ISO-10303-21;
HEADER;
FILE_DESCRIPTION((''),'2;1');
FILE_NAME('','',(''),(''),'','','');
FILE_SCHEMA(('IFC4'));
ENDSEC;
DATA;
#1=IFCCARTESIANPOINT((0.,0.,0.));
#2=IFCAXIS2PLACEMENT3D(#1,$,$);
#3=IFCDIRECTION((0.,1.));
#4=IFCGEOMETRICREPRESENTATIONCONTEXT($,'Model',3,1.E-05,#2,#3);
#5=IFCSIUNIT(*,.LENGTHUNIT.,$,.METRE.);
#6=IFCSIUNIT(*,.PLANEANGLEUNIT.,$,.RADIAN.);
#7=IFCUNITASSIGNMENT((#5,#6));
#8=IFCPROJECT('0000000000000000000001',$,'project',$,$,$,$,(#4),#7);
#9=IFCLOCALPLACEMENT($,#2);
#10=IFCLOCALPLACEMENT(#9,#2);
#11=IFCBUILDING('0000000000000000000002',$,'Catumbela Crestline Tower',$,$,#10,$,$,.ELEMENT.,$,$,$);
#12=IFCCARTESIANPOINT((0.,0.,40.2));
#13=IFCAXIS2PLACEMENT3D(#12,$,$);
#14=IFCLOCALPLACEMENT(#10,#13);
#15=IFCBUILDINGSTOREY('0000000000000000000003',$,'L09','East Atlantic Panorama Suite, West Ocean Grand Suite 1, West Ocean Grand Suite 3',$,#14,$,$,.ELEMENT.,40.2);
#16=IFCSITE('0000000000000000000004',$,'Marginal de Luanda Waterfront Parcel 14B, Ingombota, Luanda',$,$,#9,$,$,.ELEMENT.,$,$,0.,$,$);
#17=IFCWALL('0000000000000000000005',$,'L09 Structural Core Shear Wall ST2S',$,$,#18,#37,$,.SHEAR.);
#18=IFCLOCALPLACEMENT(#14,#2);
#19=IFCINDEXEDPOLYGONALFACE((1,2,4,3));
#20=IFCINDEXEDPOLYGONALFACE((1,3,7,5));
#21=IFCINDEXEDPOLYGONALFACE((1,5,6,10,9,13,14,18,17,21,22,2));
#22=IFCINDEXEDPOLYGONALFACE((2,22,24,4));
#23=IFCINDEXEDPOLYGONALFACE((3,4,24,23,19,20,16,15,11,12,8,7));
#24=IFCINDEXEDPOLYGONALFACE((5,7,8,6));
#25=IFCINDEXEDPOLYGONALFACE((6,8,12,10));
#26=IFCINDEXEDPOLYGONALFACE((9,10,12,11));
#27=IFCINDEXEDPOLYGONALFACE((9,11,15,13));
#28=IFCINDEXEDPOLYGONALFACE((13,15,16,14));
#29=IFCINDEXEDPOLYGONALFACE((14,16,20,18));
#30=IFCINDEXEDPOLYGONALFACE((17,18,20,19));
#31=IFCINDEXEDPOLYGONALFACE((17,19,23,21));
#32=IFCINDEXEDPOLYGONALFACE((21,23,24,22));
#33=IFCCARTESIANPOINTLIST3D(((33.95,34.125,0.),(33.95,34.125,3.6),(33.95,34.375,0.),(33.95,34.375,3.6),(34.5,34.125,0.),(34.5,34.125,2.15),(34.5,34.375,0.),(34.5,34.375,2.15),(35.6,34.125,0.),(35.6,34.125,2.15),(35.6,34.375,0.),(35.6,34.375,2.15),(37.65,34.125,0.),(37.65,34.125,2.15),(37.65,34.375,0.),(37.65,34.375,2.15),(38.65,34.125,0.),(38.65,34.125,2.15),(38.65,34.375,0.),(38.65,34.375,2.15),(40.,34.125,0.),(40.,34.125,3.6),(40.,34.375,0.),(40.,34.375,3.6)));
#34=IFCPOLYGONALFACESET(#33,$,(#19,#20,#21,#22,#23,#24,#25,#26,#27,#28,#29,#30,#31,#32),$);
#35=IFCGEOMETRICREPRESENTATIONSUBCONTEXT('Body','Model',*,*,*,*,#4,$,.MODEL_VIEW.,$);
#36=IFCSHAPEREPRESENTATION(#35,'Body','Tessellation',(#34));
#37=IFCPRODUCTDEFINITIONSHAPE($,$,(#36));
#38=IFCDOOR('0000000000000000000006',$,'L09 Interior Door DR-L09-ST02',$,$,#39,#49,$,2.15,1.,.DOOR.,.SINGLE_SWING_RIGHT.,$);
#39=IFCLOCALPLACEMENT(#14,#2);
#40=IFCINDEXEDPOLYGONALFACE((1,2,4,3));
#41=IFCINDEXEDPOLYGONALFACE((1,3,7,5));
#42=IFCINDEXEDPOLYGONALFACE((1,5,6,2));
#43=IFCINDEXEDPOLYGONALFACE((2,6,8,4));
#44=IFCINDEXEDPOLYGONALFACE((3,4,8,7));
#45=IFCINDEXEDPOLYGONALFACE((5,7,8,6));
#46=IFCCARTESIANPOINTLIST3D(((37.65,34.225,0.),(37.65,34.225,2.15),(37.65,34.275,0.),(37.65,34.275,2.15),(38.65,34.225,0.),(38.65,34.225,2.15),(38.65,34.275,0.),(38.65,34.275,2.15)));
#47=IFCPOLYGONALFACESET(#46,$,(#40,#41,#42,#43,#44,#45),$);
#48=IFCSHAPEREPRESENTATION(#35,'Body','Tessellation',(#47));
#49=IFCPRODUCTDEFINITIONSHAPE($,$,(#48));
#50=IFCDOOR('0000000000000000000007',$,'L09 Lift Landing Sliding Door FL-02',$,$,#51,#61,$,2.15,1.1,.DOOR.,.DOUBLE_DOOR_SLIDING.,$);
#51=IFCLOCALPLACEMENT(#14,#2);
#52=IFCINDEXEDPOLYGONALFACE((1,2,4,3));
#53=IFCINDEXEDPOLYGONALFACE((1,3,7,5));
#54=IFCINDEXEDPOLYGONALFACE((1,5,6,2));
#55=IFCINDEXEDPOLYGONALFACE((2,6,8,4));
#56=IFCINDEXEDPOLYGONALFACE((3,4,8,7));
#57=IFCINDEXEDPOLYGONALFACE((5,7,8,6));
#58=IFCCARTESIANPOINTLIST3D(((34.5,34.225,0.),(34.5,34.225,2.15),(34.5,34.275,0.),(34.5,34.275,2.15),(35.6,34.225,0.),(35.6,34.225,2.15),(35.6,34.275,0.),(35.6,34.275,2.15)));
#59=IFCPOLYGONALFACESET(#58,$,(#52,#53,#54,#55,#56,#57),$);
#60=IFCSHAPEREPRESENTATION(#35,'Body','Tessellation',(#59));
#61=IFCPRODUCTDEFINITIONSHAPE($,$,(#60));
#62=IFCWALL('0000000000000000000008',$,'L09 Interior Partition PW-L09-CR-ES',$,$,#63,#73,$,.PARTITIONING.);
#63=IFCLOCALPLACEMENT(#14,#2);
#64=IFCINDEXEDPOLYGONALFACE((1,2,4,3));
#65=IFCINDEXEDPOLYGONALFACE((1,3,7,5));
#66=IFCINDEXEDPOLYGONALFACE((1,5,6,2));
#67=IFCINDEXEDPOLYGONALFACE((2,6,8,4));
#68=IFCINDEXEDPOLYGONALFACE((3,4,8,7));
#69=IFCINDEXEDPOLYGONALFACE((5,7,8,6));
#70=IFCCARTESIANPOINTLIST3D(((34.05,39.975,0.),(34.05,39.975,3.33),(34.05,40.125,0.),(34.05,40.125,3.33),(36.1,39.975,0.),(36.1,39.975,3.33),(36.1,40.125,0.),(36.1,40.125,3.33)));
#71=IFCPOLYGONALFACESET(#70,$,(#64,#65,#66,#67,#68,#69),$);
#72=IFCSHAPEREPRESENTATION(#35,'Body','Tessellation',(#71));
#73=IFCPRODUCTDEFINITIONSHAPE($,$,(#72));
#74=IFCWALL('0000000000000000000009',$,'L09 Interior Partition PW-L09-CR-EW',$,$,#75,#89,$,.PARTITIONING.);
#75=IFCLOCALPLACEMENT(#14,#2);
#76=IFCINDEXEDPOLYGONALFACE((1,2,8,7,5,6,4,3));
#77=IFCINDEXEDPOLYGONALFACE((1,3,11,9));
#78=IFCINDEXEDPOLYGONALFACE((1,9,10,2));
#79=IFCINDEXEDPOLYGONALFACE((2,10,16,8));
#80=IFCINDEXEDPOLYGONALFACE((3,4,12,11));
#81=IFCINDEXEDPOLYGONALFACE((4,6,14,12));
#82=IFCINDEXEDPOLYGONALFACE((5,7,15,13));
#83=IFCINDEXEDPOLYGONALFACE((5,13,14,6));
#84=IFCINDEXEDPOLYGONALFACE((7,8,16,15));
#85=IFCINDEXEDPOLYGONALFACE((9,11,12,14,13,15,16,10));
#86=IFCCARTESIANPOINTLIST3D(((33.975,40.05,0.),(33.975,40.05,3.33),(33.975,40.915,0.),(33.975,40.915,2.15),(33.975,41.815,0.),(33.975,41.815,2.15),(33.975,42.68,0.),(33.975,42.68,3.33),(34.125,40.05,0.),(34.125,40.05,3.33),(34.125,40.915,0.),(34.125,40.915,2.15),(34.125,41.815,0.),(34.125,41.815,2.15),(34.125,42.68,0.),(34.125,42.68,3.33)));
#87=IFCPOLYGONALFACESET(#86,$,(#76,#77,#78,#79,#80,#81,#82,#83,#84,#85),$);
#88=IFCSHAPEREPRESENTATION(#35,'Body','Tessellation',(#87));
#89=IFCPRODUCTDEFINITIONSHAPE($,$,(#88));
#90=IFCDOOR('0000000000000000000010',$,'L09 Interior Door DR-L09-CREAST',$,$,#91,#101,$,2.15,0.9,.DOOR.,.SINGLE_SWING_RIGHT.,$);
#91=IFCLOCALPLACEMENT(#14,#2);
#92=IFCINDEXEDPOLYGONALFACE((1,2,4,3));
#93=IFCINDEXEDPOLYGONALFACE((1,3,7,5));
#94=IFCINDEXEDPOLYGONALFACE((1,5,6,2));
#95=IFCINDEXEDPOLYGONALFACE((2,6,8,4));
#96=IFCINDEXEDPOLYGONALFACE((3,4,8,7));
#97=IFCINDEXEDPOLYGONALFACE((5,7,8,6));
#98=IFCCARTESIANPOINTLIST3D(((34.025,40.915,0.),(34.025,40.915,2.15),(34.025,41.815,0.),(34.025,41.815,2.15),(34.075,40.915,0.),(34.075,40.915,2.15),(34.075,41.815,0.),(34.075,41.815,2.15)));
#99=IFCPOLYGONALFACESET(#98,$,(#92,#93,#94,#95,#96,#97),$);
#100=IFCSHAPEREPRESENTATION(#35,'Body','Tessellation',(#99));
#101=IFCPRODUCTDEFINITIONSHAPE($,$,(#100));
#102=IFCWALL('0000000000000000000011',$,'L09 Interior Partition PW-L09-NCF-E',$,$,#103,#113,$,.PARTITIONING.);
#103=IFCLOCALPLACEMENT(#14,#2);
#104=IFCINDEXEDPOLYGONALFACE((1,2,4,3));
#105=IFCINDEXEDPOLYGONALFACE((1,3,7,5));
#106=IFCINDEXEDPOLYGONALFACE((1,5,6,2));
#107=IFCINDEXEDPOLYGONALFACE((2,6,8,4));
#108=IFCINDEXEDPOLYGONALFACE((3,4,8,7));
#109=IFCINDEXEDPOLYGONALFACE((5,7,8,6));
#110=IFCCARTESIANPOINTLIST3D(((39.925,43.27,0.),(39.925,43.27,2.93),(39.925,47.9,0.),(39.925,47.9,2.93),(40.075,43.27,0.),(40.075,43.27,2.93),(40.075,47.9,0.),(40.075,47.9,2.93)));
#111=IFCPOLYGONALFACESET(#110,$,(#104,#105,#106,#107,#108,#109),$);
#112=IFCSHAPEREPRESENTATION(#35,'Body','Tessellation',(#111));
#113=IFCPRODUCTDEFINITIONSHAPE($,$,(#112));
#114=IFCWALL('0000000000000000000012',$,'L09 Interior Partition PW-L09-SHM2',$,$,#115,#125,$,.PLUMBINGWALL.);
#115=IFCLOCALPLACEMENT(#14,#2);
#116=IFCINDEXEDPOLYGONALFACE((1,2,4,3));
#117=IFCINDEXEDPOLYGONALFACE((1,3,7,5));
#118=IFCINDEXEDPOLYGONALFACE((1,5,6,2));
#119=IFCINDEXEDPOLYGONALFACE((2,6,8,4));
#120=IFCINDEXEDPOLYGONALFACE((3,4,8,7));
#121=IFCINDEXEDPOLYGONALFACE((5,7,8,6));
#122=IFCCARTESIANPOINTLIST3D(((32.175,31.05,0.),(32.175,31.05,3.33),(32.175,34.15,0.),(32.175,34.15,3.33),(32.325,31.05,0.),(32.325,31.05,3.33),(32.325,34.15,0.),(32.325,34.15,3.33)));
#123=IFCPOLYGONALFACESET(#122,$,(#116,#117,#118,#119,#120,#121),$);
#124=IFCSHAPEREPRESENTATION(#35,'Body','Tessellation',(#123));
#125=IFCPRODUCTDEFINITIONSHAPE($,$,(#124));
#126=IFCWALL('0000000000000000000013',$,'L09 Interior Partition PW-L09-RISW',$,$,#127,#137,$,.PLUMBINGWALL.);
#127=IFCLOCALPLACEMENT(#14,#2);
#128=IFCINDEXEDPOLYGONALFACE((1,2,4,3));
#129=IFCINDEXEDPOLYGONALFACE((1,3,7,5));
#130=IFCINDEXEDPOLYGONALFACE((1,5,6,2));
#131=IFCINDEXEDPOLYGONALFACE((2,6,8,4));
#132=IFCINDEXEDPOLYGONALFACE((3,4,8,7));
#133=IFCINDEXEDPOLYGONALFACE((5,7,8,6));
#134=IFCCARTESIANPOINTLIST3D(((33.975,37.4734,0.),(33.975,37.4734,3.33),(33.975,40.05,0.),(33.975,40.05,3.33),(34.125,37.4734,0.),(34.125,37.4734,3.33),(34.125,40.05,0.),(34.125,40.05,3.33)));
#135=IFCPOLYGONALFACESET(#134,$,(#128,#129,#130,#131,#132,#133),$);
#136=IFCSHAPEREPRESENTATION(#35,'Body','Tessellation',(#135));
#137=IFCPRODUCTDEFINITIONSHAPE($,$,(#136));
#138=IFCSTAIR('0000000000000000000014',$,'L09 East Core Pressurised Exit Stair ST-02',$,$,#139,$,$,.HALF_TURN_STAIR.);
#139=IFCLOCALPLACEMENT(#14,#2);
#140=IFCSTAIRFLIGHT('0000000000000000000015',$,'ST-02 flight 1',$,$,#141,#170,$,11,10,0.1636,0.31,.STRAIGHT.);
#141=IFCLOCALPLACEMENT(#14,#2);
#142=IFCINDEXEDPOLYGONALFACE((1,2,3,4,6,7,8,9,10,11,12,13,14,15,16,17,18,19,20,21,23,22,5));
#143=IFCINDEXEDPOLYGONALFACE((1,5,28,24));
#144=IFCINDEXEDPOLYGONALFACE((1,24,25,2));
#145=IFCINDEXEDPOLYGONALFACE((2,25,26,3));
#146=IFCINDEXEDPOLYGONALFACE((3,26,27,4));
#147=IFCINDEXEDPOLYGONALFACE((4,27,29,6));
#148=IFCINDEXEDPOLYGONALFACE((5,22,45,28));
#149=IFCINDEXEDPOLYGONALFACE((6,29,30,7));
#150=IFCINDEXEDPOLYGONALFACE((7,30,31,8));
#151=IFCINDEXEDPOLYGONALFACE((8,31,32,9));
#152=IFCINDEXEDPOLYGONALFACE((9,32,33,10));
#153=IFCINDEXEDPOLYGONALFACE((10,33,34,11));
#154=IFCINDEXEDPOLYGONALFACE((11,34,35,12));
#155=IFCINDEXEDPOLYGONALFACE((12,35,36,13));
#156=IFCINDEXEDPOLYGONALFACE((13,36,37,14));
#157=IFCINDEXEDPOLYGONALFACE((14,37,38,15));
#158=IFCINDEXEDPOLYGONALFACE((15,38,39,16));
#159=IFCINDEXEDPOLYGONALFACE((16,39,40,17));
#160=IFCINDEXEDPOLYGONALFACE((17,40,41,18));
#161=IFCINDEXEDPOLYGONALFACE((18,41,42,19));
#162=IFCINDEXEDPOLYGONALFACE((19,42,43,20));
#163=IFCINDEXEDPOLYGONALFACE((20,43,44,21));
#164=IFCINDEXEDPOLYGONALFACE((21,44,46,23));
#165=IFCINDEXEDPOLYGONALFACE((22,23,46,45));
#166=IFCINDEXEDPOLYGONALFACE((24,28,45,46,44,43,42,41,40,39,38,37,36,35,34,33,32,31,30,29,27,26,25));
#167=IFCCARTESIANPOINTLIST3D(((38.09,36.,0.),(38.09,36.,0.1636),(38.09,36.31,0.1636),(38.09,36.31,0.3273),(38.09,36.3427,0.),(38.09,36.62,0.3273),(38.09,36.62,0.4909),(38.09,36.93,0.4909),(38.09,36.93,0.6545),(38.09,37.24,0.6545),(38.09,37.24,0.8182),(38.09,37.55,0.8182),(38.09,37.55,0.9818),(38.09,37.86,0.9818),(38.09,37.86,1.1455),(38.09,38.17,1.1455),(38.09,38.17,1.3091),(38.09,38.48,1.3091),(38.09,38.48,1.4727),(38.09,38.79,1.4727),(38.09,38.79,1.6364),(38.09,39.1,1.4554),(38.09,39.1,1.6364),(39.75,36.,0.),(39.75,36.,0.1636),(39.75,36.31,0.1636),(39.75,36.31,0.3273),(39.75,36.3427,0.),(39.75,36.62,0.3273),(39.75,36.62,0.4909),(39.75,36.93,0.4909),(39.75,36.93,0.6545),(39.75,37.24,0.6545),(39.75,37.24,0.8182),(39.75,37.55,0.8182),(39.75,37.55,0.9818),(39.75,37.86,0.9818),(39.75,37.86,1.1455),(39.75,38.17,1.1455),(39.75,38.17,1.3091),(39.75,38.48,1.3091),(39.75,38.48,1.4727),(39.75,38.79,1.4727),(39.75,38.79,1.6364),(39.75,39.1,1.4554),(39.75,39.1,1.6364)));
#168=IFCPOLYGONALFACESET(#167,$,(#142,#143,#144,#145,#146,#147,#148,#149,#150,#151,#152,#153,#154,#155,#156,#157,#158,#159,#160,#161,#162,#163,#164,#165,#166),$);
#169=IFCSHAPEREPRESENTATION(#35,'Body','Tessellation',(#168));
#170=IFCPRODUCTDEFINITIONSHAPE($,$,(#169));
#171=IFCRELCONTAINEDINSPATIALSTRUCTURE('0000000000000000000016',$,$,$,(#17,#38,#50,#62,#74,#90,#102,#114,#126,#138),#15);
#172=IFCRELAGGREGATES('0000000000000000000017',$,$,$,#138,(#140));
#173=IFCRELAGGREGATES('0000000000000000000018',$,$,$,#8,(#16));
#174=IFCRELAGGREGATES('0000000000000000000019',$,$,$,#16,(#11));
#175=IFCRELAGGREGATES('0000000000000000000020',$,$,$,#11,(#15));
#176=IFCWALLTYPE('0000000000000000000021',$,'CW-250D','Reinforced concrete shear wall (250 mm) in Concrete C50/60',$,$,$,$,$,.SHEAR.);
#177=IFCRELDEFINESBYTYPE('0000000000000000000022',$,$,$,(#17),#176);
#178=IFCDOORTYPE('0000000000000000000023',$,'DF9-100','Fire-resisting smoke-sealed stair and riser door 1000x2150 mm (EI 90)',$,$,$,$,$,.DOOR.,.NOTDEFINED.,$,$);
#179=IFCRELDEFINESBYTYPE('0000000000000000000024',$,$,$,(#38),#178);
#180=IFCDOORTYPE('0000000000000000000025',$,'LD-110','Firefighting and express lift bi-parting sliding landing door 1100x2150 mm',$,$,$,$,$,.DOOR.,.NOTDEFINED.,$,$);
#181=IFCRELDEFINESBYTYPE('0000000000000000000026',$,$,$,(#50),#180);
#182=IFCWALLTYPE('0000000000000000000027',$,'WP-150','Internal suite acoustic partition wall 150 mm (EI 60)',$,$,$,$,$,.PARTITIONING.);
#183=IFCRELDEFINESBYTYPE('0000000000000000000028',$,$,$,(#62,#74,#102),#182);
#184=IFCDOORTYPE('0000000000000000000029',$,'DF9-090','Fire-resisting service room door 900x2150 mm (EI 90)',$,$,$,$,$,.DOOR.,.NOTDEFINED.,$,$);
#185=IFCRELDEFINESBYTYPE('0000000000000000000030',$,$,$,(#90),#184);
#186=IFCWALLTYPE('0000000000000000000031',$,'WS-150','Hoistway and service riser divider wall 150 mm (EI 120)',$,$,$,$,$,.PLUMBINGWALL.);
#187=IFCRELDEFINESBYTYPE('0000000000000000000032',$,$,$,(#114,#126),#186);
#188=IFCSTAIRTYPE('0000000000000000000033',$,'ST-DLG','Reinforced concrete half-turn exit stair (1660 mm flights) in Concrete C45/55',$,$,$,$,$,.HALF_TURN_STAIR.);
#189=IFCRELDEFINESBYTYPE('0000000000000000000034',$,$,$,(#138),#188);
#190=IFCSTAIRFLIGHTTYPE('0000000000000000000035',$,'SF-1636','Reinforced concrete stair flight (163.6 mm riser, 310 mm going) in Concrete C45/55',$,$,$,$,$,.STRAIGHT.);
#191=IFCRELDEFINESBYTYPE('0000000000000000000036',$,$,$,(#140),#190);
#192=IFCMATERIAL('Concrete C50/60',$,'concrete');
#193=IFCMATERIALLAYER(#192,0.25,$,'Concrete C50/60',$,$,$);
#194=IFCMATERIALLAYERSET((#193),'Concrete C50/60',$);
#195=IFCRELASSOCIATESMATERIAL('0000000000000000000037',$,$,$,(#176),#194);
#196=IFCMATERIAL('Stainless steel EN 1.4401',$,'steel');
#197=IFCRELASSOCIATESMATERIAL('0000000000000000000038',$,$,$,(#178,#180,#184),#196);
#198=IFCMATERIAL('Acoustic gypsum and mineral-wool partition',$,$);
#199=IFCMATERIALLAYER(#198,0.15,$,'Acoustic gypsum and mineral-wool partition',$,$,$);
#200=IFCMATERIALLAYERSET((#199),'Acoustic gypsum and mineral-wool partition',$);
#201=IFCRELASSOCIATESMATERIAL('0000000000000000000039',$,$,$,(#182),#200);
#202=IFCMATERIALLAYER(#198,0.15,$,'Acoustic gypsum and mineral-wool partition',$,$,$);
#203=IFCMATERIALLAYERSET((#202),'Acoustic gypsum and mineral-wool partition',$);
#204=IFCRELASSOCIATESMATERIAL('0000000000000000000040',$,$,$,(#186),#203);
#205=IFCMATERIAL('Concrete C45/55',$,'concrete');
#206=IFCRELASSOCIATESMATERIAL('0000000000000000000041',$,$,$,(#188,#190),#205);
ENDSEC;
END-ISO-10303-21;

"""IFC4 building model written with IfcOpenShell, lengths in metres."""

from ifc_helpers import new_model, si_unit, direction, frame, frame_2d, origin, place, context, subcontext, project, spatial, polyline, rectangle, outline, extrude, material, layer, layer_set, type_object, element, fill, aggregate, save


model = new_model("IFC4")

# Units and contexts
model_context = context("Model", 3, precision=1e-05, world=origin(), true_north=direction((0.0, 1.0)))
body_context = subcontext(model_context, "Body", "Model", "MODEL_VIEW")
ifc_project = project(units=[si_unit("LENGTHUNIT", "METRE"), si_unit("PLANEANGLEUNIT", "RADIAN")], contexts=[model_context])

# Site, building, storey
site_placement = place(None, origin())
site = spatial("IfcSite", under=ifc_project, at=site_placement, Name="Marginal de Luanda Waterfront Parcel 14B, Ingombota, Luanda", CompositionType="ELEMENT", RefElevation=0.0)
building_placement = place(site_placement, origin())
building = spatial("IfcBuilding", under=site, at=building_placement, Name="Catumbela Crestline Tower", CompositionType="ELEMENT")
storey_placement = place(building_placement, frame((0.0, 0.0, 40.2)))
storey = spatial("IfcBuildingStorey", under=building, at=storey_placement, Name="L09", Description="East Atlantic Panorama Suite, West Ocean Grand Suite 1, West Ocean Grand Suite 3", CompositionType="ELEMENT", Elevation=40.2)

# Shared definitions
ifc_material_1 = material(Name="Concrete C50/60", Category="concrete")
ifc_layer_1 = layer(ifc_material_1, 0.25, Name="Concrete C50/60")
ifc_layer_set_1 = layer_set([ifc_layer_1], Name="Concrete C50/60")
wall_type_1 = type_object("IfcWallType", Name="CW-250D", Description="Reinforced concrete shear wall (250 mm) in Concrete C50/60", PredefinedType="SHEAR", material=ifc_layer_set_1)

# Wall, openings, doors
wall_1_placement = place(storey_placement, frame((33.95, 34.25, 0.0), z_axis=(0.0, 0.0, 1.0), x_axis=(1.0, 0.0, 0.0)))
wall_1 = element("IfcWall", 1, at=wall_1_placement, inside=storey, type_object=wall_type_1, Name="L09 Structural Core Shear Wall ST2S", PredefinedType="SHEAR", context=body_context, shape_type="SweptSolid", body=[
    extrude(rectangle(XDim=6.05, YDim=0.25, at=frame_2d((3.025, 0.0))), origin(), (0.0, 0.0, 1.0), 3.6),
])
opening_1_placement = place(wall_1_placement, frame((3.7, 0.0, 0.0)))
opening_1 = element("IfcOpeningElement", 2, at=opening_1_placement, cuts=wall_1, PredefinedType="OPENING", context=body_context, shape_type="SweptSolid", body=[
    extrude(rectangle(XDim=1.0, YDim=2.15, at=frame_2d((0.5, 1.075))), frame((0.0, 0.135, 0.0), z_axis=(0.0, -1.0, 0.0), x_axis=(1.0, 0.0, 0.0)), (0.0, 0.0, 1.0), 0.27),
])
opening_2_placement = place(wall_1_placement, frame((0.55, 0.0, 0.0)))
opening_2 = element("IfcOpeningElement", 3, at=opening_2_placement, cuts=wall_1, PredefinedType="OPENING", context=body_context, shape_type="SweptSolid", body=[
    extrude(rectangle(XDim=1.1, YDim=2.15, at=frame_2d((0.55, 1.075))), frame((0.0, 0.135, 0.0), z_axis=(0.0, -1.0, 0.0), x_axis=(1.0, 0.0, 0.0)), (0.0, 0.0, 1.0), 0.27),
])
ifc_material_2 = material(Name="Stainless steel EN 1.4401", Category="steel")
door_type_1 = type_object("IfcDoorType", Name="DF9-100", Description="Fire-resisting smoke-sealed stair and riser door 1000x2150 mm (EI 90)", OperationType="NOTDEFINED", PredefinedType="DOOR", material=ifc_material_2)
door_1_placement = place(opening_1_placement, origin())
door_1 = element("IfcDoor", 4, at=door_1_placement, inside=storey, type_object=door_type_1, Name="L09 Interior Door DR-L09-ST02", OperationType="SINGLE_SWING_RIGHT", OverallHeight=2.15, OverallWidth=1.0, PredefinedType="DOOR", context=body_context, shape_type="SweptSolid", body=[
    extrude(rectangle(XDim=1.0, YDim=2.15, at=frame_2d((0.5, 1.075))), frame((0.0, 0.025, 0.0), z_axis=(0.0, -1.0, 0.0), x_axis=(1.0, 0.0, 0.0)), (0.0, 0.0, 1.0), 0.05),
])
fill(opening_1, door_1)
door_type_2 = type_object("IfcDoorType", Name="LD-110", Description="Firefighting and express lift bi-parting sliding landing door 1100x2150 mm", OperationType="NOTDEFINED", PredefinedType="DOOR", material=ifc_material_2)
door_2_placement = place(opening_2_placement, origin())
door_2 = element("IfcDoor", 5, at=door_2_placement, inside=storey, type_object=door_type_2, Name="L09 Lift Landing Sliding Door FL-02", OperationType="DOUBLE_DOOR_SLIDING", OverallHeight=2.15, OverallWidth=1.1, PredefinedType="DOOR", context=body_context, shape_type="SweptSolid", body=[
    extrude(rectangle(XDim=1.1, YDim=2.15, at=frame_2d((0.55, 1.075))), frame((0.0, 0.025, 0.0), z_axis=(0.0, -1.0, 0.0), x_axis=(1.0, 0.0, 0.0)), (0.0, 0.0, 1.0), 0.05),
])
fill(opening_2, door_2)

# Wall
ifc_material_3 = material(Name="Acoustic gypsum and mineral-wool partition")
ifc_layer_2 = layer(ifc_material_3, 0.15, Name="Acoustic gypsum and mineral-wool partition")
ifc_layer_set_2 = layer_set([ifc_layer_2], Name="Acoustic gypsum and mineral-wool partition")
wall_type_2 = type_object("IfcWallType", Name="WP-150", Description="Internal suite acoustic partition wall 150 mm (EI 60)", PredefinedType="PARTITIONING", material=ifc_layer_set_2)
wall_2_placement = place(storey_placement, frame((34.05, 40.05, 0.0), z_axis=(0.0, 0.0, 1.0), x_axis=(1.0, 0.0, 0.0)))
element("IfcWall", 6, at=wall_2_placement, inside=storey, type_object=wall_type_2, Name="L09 Interior Partition PW-L09-CR-ES", PredefinedType="PARTITIONING", context=body_context, shape_type="SweptSolid", body=[
    extrude(rectangle(XDim=2.05, YDim=0.15, at=frame_2d((1.025, 0.0))), origin(), (0.0, 0.0, 1.0), 3.33),
])

# Wall, opening, door
wall_3_placement = place(storey_placement, frame((34.05, 40.05, 0.0), z_axis=(0.0, 0.0, 1.0), x_axis=(0.0, 1.0, 0.0)))
wall_3 = element("IfcWall", 7, at=wall_3_placement, inside=storey, type_object=wall_type_2, Name="L09 Interior Partition PW-L09-CR-EW", PredefinedType="PARTITIONING", context=body_context, shape_type="SweptSolid", body=[
    extrude(rectangle(XDim=2.63, YDim=0.15, at=frame_2d((1.315, 0.0))), origin(), (0.0, 0.0, 1.0), 3.33),
])
opening_3_placement = place(wall_3_placement, frame((0.865, 0.0, 0.0)))
opening_3 = element("IfcOpeningElement", 8, at=opening_3_placement, cuts=wall_3, PredefinedType="OPENING", context=body_context, shape_type="SweptSolid", body=[
    extrude(rectangle(XDim=0.9, YDim=2.15, at=frame_2d((0.45, 1.075))), frame((0.0, 0.085, 0.0), z_axis=(0.0, -1.0, 0.0), x_axis=(1.0, 0.0, 0.0)), (0.0, 0.0, 1.0), 0.17),
])
door_type_3 = type_object("IfcDoorType", Name="DF9-090", Description="Fire-resisting service room door 900x2150 mm (EI 90)", OperationType="NOTDEFINED", PredefinedType="DOOR", material=ifc_material_2)
door_3_placement = place(opening_3_placement, origin())
door_3 = element("IfcDoor", 9, at=door_3_placement, inside=storey, type_object=door_type_3, Name="L09 Interior Door DR-L09-CREAST", OperationType="SINGLE_SWING_RIGHT", OverallHeight=2.15, OverallWidth=0.9, PredefinedType="DOOR", context=body_context, shape_type="SweptSolid", body=[
    extrude(rectangle(XDim=0.9, YDim=2.15, at=frame_2d((0.45, 1.075))), frame((0.0, 0.025, 0.0), z_axis=(0.0, -1.0, 0.0), x_axis=(1.0, 0.0, 0.0)), (0.0, 0.0, 1.0), 0.05),
])
fill(opening_3, door_3)

# Walls
wall_4_placement = place(storey_placement, frame((40.0, 43.27, 0.0), z_axis=(0.0, 0.0, 1.0), x_axis=(0.0, 1.0, 0.0)))
element("IfcWall", 10, at=wall_4_placement, inside=storey, type_object=wall_type_2, Name="L09 Interior Partition PW-L09-NCF-E", PredefinedType="PARTITIONING", context=body_context, shape_type="SweptSolid", body=[
    extrude(rectangle(XDim=4.63, YDim=0.15, at=frame_2d((2.315, 0.0))), origin(), (0.0, 0.0, 1.0), 2.93),
])
ifc_layer_3 = layer(ifc_material_3, 0.15, Name="Acoustic gypsum and mineral-wool partition")
ifc_layer_set_3 = layer_set([ifc_layer_3], Name="Acoustic gypsum and mineral-wool partition")
wall_type_3 = type_object("IfcWallType", Name="WS-150", Description="Hoistway and service riser divider wall 150 mm (EI 120)", PredefinedType="PLUMBINGWALL", material=ifc_layer_set_3)
wall_5_placement = place(storey_placement, frame((32.25, 31.05, 0.0), z_axis=(0.0, 0.0, 1.0), x_axis=(0.0, 1.0, 0.0)))
element("IfcWall", 11, at=wall_5_placement, inside=storey, type_object=wall_type_3, Name="L09 Interior Partition PW-L09-SHM2", PredefinedType="PLUMBINGWALL", context=body_context, shape_type="SweptSolid", body=[
    extrude(rectangle(XDim=3.1, YDim=0.15, at=frame_2d((1.55, 0.0))), origin(), (0.0, 0.0, 1.0), 3.33),
])
wall_6_placement = place(storey_placement, frame((34.05, 37.4734, 0.0), z_axis=(0.0, 0.0, 1.0), x_axis=(0.0, 1.0, 0.0)))
element("IfcWall", 12, at=wall_6_placement, inside=storey, type_object=wall_type_3, Name="L09 Interior Partition PW-L09-RISW", PredefinedType="PLUMBINGWALL", context=body_context, shape_type="SweptSolid", body=[
    extrude(rectangle(XDim=2.5766, YDim=0.15, at=frame_2d((1.2883, 0.0))), origin(), (0.0, 0.0, 1.0), 3.33),
])

# Stair, stair flight
ifc_material_4 = material(Name="Concrete C45/55", Category="concrete")
stair_type = type_object("IfcStairType", Name="ST-DLG", Description="Reinforced concrete half-turn exit stair (1660 mm flights) in Concrete C45/55", PredefinedType="HALF_TURN_STAIR", material=ifc_material_4)
stair_placement = place(storey_placement, origin())
stair = element("IfcStair", 13, at=stair_placement, inside=storey, type_object=stair_type, Name="L09 East Core Pressurised Exit Stair ST-02", PredefinedType="HALF_TURN_STAIR")
stair_flight_type = type_object("IfcStairFlightType", Name="SF-1636", Description="Reinforced concrete stair flight (163.6 mm riser, 310 mm going) in Concrete C45/55", PredefinedType="STRAIGHT", material=ifc_material_4)
stair_flight_1_placement = place(storey_placement, frame((38.92, 36.0, 0.0), z_axis=(0.0, 0.0, 1.0), x_axis=(0.0, 1.0, 0.0)))
stair_flight_1 = element("IfcStairFlight", 14, at=stair_flight_1_placement, type_object=stair_flight_type, Name="ST-02 flight 1", NumberOfRisers=11, NumberOfTreads=10, PredefinedType="STRAIGHT", RiserHeight=0.1636, TreadLength=0.31, context=body_context, shape_type="SweptSolid", body=[
    extrude(outline(polyline([(0.0, 0.0), (0.0, 0.1636), (0.31, 0.1636), (0.31, 0.3273), (0.62, 0.3273), (0.62, 0.4909), (0.93, 0.4909), (0.93, 0.6545), (1.24, 0.6545), (1.24, 0.8182), (1.55, 0.8182), (1.55, 0.9818), (1.86, 0.9818), (1.86, 1.1455), (2.17, 1.1455), (2.17, 1.3091), (2.48, 1.3091), (2.48, 1.4727), (2.79, 1.4727), (2.79, 1.6364), (3.1, 1.6364), (3.1, 1.8), (3.1, 1.4554), (0.3427, 0.0), (0.0, 0.0)])), frame((0.0, 0.83, 0.0), z_axis=(0.0, -1.0, 0.0), x_axis=(1.0, 0.0, 0.0)), (0.0, 0.0, 1.0), 1.66),
])
aggregate(stair, [stair_flight_1])

save(model, "model.ifc")
